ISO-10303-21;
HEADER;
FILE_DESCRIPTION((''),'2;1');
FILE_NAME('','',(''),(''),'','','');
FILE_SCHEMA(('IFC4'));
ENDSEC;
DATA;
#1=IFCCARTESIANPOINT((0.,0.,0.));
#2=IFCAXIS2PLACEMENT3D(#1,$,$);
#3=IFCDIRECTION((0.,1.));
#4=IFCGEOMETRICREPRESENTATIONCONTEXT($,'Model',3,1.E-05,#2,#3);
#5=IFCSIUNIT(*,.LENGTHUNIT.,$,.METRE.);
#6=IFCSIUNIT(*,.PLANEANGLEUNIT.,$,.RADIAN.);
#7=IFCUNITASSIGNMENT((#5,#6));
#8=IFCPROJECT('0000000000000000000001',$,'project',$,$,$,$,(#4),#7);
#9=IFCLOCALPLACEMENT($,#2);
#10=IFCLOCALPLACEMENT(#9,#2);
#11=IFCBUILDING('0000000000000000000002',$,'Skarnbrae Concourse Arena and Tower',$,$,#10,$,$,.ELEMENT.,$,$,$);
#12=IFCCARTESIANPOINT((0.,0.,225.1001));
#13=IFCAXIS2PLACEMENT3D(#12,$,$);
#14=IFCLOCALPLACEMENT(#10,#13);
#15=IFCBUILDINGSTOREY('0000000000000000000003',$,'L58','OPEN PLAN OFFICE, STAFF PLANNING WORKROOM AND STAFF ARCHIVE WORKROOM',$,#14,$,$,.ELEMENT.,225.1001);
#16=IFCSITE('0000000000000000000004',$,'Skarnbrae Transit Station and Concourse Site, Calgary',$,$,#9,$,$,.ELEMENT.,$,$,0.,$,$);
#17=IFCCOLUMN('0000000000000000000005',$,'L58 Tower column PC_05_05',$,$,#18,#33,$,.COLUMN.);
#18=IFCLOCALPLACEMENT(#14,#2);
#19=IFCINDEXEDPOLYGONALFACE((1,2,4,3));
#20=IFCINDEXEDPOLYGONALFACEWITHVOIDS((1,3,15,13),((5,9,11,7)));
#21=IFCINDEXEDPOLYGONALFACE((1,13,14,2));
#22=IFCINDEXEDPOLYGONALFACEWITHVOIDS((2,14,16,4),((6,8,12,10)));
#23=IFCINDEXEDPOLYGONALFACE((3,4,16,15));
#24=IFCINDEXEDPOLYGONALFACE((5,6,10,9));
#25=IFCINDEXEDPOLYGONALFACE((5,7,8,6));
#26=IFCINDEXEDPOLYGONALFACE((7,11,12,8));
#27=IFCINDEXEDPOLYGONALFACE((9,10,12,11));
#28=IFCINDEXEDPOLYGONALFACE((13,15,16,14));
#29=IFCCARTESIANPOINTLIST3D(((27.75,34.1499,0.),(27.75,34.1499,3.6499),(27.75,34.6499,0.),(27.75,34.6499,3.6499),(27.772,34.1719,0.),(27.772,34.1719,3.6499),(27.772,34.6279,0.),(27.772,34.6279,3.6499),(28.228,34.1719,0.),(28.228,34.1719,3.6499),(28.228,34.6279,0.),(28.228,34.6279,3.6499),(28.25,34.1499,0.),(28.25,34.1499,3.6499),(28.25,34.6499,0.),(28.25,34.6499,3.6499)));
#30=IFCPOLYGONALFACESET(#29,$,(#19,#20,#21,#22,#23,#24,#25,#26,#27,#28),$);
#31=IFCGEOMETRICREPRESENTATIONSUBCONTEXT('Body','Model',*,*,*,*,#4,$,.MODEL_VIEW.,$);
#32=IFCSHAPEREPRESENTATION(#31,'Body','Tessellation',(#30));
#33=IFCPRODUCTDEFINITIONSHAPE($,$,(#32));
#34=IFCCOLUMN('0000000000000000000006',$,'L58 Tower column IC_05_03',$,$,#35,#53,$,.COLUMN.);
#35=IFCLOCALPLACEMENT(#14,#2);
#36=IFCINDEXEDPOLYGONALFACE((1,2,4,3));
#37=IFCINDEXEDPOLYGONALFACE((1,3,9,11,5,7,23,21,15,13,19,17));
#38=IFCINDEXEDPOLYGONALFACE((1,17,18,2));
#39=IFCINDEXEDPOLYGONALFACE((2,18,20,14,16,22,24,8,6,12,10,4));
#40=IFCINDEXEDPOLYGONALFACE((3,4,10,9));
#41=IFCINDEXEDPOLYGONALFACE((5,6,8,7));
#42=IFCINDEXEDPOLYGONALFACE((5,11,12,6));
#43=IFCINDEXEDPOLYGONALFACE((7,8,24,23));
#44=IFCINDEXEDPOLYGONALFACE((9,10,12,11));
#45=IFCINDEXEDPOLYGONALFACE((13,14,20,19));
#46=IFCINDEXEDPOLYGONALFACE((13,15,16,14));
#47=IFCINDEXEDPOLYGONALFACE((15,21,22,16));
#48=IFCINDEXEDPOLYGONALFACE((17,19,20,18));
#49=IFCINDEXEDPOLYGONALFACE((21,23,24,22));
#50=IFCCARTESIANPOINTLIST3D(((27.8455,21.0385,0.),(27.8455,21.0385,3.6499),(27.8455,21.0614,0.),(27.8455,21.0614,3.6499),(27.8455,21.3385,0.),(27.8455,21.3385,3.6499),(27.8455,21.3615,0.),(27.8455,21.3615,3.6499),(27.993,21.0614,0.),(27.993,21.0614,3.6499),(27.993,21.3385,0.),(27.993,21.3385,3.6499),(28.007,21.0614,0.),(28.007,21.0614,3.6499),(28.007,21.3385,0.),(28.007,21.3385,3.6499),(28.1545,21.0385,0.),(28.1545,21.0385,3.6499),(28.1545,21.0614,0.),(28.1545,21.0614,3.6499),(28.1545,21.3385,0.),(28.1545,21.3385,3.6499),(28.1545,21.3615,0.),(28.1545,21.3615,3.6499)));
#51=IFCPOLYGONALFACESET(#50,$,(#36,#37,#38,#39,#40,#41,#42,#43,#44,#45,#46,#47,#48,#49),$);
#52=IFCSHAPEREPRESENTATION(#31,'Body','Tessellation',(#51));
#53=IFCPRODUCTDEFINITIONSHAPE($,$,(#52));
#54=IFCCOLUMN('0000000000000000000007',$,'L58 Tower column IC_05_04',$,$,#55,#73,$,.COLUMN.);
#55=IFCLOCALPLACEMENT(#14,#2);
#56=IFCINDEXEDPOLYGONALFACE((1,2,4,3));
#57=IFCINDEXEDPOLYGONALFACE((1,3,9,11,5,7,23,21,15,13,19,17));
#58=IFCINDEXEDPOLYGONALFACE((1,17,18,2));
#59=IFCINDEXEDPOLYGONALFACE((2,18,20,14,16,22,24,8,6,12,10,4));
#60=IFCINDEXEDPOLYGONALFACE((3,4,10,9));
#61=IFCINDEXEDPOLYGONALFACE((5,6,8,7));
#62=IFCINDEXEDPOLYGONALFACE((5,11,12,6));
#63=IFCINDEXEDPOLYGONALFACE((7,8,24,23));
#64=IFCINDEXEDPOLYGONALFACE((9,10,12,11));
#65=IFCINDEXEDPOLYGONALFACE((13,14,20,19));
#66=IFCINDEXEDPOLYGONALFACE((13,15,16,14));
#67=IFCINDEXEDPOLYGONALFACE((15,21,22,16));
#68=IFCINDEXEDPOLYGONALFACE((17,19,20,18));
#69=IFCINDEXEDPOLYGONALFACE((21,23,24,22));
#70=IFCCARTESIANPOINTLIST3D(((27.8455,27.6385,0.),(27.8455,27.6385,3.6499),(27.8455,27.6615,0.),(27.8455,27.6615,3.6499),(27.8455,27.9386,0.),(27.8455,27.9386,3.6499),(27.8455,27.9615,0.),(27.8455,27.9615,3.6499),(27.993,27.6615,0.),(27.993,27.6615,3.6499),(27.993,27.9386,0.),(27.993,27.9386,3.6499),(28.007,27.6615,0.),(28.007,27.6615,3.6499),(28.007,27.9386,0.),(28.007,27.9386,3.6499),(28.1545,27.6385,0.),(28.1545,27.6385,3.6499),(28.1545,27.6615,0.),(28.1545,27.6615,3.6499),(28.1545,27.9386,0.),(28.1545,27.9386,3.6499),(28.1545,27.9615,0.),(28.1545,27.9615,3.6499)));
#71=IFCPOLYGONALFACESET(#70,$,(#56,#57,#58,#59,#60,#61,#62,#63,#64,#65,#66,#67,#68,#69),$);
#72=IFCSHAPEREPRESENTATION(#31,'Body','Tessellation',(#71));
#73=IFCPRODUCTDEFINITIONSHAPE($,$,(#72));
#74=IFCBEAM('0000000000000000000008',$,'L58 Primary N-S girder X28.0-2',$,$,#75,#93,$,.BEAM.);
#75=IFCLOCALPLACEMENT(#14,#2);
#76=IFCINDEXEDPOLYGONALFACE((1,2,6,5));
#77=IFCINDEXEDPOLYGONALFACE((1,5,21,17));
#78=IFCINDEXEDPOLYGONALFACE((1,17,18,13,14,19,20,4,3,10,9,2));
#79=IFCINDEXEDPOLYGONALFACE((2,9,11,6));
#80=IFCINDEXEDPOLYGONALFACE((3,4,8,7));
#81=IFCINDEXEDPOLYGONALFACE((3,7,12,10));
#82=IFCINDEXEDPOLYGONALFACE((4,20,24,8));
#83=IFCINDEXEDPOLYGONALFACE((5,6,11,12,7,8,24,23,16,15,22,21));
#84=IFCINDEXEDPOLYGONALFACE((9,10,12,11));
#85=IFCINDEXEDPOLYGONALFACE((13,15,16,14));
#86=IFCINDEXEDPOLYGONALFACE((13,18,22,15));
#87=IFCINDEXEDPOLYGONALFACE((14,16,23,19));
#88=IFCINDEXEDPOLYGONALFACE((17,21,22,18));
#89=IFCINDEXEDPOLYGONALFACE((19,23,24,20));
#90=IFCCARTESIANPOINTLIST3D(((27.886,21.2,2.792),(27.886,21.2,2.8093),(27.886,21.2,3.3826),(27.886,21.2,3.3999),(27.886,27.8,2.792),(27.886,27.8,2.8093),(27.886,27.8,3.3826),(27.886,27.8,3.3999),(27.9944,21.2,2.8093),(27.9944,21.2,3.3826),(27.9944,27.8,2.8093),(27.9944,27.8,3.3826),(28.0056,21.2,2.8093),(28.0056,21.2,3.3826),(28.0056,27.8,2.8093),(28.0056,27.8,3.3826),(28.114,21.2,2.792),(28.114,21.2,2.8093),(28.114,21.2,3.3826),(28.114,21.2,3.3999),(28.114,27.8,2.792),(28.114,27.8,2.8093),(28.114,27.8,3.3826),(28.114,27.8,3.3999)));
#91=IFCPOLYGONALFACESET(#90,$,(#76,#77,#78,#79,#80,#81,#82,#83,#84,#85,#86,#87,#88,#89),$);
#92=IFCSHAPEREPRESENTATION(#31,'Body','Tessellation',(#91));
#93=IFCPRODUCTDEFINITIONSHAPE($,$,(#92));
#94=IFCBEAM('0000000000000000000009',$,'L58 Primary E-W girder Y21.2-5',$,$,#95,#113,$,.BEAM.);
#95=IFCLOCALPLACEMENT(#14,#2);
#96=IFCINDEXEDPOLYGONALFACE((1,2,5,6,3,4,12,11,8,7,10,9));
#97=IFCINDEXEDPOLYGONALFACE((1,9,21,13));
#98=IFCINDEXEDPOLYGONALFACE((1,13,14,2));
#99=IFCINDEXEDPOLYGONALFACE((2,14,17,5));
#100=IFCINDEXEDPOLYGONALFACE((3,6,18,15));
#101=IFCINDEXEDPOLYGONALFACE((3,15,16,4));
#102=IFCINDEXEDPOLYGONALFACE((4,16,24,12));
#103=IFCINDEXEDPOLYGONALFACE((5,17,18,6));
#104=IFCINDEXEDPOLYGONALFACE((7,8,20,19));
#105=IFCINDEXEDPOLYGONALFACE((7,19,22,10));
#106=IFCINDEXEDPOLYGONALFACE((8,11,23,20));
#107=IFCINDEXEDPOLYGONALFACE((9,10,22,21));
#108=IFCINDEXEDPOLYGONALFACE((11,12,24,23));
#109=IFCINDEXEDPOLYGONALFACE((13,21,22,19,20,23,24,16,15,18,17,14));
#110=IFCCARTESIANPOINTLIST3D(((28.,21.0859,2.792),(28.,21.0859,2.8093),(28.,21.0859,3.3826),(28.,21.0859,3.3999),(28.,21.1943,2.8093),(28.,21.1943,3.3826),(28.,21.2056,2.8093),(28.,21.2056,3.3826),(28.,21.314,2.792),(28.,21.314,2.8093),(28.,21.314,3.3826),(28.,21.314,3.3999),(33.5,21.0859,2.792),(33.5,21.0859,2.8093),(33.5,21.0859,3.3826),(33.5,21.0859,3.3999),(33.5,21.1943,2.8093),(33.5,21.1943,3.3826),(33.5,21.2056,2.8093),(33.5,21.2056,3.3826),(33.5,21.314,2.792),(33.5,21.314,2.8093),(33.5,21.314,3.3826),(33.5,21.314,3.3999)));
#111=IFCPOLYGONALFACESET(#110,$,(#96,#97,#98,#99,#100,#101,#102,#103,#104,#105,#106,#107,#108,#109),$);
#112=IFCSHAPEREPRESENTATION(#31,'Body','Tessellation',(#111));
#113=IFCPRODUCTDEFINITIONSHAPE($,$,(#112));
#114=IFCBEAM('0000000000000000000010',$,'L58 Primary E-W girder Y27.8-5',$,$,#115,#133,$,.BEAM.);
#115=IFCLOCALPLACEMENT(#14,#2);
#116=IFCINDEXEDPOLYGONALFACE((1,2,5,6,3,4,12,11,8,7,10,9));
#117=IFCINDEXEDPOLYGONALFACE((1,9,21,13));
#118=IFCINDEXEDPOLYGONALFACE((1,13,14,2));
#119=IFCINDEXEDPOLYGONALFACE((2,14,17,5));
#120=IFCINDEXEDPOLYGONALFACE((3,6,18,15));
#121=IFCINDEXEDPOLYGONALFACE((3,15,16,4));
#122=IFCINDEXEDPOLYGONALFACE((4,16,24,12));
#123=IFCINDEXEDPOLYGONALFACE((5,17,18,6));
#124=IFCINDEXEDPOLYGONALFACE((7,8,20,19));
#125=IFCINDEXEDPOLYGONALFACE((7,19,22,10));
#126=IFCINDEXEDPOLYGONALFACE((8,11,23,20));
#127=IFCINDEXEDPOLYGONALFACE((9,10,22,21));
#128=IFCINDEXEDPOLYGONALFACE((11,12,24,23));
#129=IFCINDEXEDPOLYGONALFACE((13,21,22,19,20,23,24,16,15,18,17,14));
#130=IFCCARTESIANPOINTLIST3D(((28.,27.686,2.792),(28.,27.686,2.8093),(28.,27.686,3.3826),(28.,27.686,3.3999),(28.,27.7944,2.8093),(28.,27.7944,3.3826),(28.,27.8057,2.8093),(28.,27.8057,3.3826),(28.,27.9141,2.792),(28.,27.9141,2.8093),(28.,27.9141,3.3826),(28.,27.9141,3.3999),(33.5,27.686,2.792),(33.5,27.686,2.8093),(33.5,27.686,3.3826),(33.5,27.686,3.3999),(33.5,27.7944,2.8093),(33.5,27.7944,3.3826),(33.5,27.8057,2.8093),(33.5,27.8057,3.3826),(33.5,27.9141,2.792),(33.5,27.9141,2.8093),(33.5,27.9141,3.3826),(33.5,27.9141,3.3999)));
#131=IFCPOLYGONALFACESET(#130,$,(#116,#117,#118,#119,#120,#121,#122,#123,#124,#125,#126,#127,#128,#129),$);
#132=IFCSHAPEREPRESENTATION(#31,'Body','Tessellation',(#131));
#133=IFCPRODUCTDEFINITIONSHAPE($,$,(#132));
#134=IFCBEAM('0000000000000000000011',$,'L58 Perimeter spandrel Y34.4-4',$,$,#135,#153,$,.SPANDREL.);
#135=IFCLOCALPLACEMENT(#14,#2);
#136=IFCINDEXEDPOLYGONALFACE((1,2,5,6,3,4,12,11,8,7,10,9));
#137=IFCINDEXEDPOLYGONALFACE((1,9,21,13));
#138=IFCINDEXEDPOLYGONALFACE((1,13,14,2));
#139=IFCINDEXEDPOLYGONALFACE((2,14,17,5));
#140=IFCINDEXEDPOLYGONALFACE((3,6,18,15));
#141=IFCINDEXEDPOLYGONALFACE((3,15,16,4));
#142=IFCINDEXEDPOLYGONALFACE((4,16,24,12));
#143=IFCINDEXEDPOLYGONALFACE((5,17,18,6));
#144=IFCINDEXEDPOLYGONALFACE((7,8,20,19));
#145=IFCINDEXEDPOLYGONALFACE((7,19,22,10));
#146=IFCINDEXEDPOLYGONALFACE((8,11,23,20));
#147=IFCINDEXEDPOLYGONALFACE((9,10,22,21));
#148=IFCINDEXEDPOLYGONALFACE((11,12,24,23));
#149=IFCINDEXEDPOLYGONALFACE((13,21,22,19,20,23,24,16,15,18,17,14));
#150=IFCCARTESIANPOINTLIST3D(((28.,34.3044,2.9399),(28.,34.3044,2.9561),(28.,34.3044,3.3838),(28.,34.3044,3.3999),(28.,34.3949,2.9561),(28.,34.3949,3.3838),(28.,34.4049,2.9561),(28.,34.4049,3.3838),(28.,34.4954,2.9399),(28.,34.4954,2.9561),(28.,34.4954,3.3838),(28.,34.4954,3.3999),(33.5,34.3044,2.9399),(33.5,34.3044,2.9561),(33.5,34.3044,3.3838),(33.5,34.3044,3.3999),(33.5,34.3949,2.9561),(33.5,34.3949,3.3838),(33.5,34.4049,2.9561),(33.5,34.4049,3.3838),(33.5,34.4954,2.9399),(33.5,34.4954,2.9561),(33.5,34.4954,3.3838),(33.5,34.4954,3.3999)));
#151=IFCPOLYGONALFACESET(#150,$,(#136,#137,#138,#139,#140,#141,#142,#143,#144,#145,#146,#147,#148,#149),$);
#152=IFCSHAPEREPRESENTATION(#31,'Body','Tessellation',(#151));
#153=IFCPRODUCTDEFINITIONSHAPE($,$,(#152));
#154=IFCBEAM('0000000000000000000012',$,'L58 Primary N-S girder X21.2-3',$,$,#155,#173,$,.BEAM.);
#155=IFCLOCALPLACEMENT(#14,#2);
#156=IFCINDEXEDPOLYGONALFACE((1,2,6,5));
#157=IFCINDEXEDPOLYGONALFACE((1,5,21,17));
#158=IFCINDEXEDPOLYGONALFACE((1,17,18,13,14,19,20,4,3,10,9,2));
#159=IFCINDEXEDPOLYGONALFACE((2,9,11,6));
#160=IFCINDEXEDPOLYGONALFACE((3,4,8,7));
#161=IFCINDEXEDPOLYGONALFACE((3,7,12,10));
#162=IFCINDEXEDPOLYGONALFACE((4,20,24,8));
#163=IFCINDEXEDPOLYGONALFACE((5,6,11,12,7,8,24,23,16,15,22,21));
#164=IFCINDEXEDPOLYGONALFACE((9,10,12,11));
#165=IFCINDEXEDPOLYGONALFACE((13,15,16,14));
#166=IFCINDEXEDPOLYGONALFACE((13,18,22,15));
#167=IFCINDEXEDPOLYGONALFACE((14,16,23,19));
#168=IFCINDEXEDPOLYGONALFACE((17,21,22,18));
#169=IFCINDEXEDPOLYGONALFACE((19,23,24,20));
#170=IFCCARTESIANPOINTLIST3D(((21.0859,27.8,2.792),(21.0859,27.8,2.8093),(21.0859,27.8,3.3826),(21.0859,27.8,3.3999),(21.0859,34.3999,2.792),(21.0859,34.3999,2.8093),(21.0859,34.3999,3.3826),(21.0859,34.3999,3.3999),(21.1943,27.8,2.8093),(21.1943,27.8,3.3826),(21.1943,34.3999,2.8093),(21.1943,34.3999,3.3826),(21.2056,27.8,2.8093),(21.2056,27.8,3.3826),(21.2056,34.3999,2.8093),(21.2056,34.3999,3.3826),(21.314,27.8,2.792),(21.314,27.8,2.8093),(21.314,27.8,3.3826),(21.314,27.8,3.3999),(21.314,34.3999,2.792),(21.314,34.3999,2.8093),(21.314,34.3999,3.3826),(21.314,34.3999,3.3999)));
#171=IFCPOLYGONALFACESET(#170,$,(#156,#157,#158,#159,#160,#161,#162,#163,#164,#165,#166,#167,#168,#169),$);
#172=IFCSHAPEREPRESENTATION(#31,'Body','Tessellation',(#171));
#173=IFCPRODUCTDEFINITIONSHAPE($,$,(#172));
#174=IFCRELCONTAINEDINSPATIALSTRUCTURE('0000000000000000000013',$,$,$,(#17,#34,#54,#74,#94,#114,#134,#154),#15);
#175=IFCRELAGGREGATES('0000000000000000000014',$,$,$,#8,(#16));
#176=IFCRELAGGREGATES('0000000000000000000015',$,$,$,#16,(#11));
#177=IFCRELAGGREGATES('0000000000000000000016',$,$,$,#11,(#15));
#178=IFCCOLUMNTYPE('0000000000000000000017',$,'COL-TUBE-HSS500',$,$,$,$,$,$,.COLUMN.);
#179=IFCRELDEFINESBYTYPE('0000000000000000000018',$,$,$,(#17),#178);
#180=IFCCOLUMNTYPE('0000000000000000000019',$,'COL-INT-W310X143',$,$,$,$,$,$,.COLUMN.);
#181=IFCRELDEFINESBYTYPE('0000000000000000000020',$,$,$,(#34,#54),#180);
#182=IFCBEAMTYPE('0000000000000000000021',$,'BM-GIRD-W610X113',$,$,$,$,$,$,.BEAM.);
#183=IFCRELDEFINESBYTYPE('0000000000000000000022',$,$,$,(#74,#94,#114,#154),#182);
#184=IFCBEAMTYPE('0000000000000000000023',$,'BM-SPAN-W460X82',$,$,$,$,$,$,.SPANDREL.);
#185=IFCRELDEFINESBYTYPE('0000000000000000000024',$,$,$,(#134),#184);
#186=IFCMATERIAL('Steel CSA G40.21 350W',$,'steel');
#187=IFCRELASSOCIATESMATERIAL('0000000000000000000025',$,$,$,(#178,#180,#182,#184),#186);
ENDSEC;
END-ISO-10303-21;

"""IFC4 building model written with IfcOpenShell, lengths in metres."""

from ifc_helpers import new_model, si_unit, direction, frame, origin, origin_2d, place, context, subcontext, project, spatial, hollow_rectangle, i_section, extrude, source, transform, mapped, material, material_profile, profile_set, type_object, element, save


model = new_model("IFC4")

# Units and contexts
model_context = context("Model", 3, precision=1e-05, world=origin(), true_north=direction((0.0, 1.0)))
body_context = subcontext(model_context, "Body", "Model", "MODEL_VIEW")
ifc_project = project(units=[si_unit("LENGTHUNIT", "METRE"), si_unit("PLANEANGLEUNIT", "RADIAN")], contexts=[model_context])

# Site, building, storey
site_placement = place(None, origin())
site = spatial("IfcSite", under=ifc_project, at=site_placement, Name="Skarnbrae Transit Station and Concourse Site, Calgary", CompositionType="ELEMENT", RefElevation=0.0)
building_placement = place(site_placement, origin())
building = spatial("IfcBuilding", under=site, at=building_placement, Name="Skarnbrae Concourse Arena and Tower", CompositionType="ELEMENT")
storey_placement = place(building_placement, frame((0.0, 0.0, 225.1001)))
storey = spatial("IfcBuildingStorey", under=building, at=storey_placement, Name="L58", Description="OPEN PLAN OFFICE, STAFF PLANNING WORKROOM AND STAFF ARCHIVE WORKROOM", CompositionType="ELEMENT", Elevation=225.1001)

# Columns
ifc_material_1 = material(Name="Steel CSA G40.21 350W", Category="steel")
ifc_material_profile_1 = material_profile(ifc_material_1, hollow_rectangle(XDim=0.5, YDim=0.5, WallThickness=0.022, at=origin_2d()), Name="HSS500X500X22.0")
ifc_profile_set_1 = profile_set([ifc_material_profile_1], Name="Steel CSA G40.21 350W")
column_type_1 = type_object("IfcColumnType", Name="COL-TUBE-HSS500", PredefinedType="COLUMN", material=ifc_profile_set_1)
shared_shape_1 = source(origin(), body_context, "Body", "SweptSolid", [
    extrude(hollow_rectangle(XDim=0.5, YDim=0.5, WallThickness=0.022, at=origin_2d()), origin(), (0.0, 0.0, 1.0), 3.6499),
])
column_placement = place(storey_placement, frame((28.0, 34.3999, 0.0), z_axis=(0.0, 0.0, 1.0), x_axis=(1.0, 0.0, 0.0)))
element("IfcColumn", 1, at=column_placement, inside=storey, type_object=column_type_1, Name="L58 Tower column PC_05_05", PredefinedType="COLUMN", context=body_context, shape_type="MappedRepresentation", body=[
    mapped(shared_shape_1, transform((0.0, 0.0, 0.0))),
])
ifc_material_profile_2 = material_profile(ifc_material_1, i_section(OverallWidth=0.3091, OverallDepth=0.323, WebThickness=0.0139, FlangeThickness=0.0229, at=origin_2d()), Name="W310X143")
ifc_profile_set_2 = profile_set([ifc_material_profile_2], Name="Steel CSA G40.21 350W")
column_type_2 = type_object("IfcColumnType", Name="COL-INT-W310X143", PredefinedType="COLUMN", material=ifc_profile_set_2)
shared_shape_2 = source(origin(), body_context, "Body", "SweptSolid", [
    extrude(i_section(OverallWidth=0.3091, OverallDepth=0.323, WebThickness=0.0139, FlangeThickness=0.0229, at=origin_2d()), origin(), (0.0, 0.0, 1.0), 3.6499),
])
for number, where, z_axis, x_axis, name in (
    (2, (28.0, 21.2, 0.0), (0.0, 0.0, 1.0), (1.0, 0.0, 0.0), "L58 Tower column IC_05_03"),
    (3, (28.0, 27.8, 0.0), (0.0, 0.0, 1.0), (1.0, 0.0, 0.0), "L58 Tower column IC_05_04"),
):
    element("IfcColumn", number, at=place(storey_placement, frame(where, z_axis=z_axis, x_axis=x_axis)), inside=storey, type_object=column_type_2, Name=name, PredefinedType="COLUMN", context=body_context, shape_type="MappedRepresentation", body=[
        mapped(shared_shape_2, transform((0.0, 0.0, 0.0))),
    ])

# Beams
ifc_material_profile_3 = material_profile(ifc_material_1, i_section(OverallWidth=0.228, OverallDepth=0.6079, WebThickness=0.0112, FlangeThickness=0.0173, at=origin_2d()), Name="W610X113")
ifc_profile_set_3 = profile_set([ifc_material_profile_3], Name="Steel CSA G40.21 350W")
beam_type_1 = type_object("IfcBeamType", Name="BM-GIRD-W610X113", PredefinedType="BEAM", material=ifc_profile_set_3)
shared_shape_3 = source(origin(), body_context, "Body", "SweptSolid", [
    extrude(i_section(OverallWidth=0.228, OverallDepth=0.6079, WebThickness=0.0112, FlangeThickness=0.0173, at=origin_2d()), origin(), (0.0, 0.0, 1.0), 6.6001),
])
beam_1_placement = place(storey_placement, frame((28.0, 21.2, 3.0959), z_axis=(0.0, 1.0, 0.0), x_axis=(-1.0, 0.0, 0.0)))
element("IfcBeam", 4, at=beam_1_placement, inside=storey, type_object=beam_type_1, Name="L58 Primary N-S girder X28.0-2", PredefinedType="BEAM", context=body_context, shape_type="MappedRepresentation", body=[
    mapped(shared_shape_3, transform((0.0, 0.0, 0.0))),
])
shared_shape_4 = source(origin(), body_context, "Body", "SweptSolid", [
    extrude(i_section(OverallWidth=0.228, OverallDepth=0.6079, WebThickness=0.0112, FlangeThickness=0.0173, at=origin_2d()), origin(), (0.0, 0.0, 1.0), 5.5),
])
for number, where, z_axis, x_axis, name in (
    (5, (28.0, 21.2, 3.0959), (1.0, 0.0, 0.0), (0.0, 1.0, 0.0), "L58 Primary E-W girder Y21.2-5"),
    (6, (28.0, 27.8, 3.0959), (1.0, 0.0, 0.0), (0.0, 1.0, 0.0), "L58 Primary E-W girder Y27.8-5"),
):
    element("IfcBeam", number, at=place(storey_placement, frame(where, z_axis=z_axis, x_axis=x_axis)), inside=storey, type_object=beam_type_1, Name=name, PredefinedType="BEAM", context=body_context, shape_type="MappedRepresentation", body=[
        mapped(shared_shape_4, transform((0.0, 0.0, 0.0))),
    ])
ifc_material_profile_4 = material_profile(ifc_material_1, i_section(OverallWidth=0.1909, OverallDepth=0.46, WebThickness=0.01, FlangeThickness=0.0161, at=origin_2d()), Name="W460X82")
ifc_profile_set_4 = profile_set([ifc_material_profile_4], Name="Steel CSA G40.21 350W")
beam_type_2 = type_object("IfcBeamType", Name="BM-SPAN-W460X82", PredefinedType="SPANDREL", material=ifc_profile_set_4)
shared_shape_5 = source(origin(), body_context, "Body", "SweptSolid", [
    extrude(i_section(OverallWidth=0.1909, OverallDepth=0.46, WebThickness=0.01, FlangeThickness=0.0161, at=origin_2d()), origin(), (0.0, 0.0, 1.0), 5.5),
])
beam_2_placement = place(storey_placement, frame((28.0, 34.3999, 3.1699), z_axis=(1.0, 0.0, 0.0), x_axis=(0.0, 1.0, 0.0)))
element("IfcBeam", 7, at=beam_2_placement, inside=storey, type_object=beam_type_2, Name="L58 Perimeter spandrel Y34.4-4", PredefinedType="SPANDREL", context=body_context, shape_type="MappedRepresentation", body=[
    mapped(shared_shape_5, transform((0.0, 0.0, 0.0))),
])
shared_shape_6 = source(origin(), body_context, "Body", "SweptSolid", [
    extrude(i_section(OverallWidth=0.228, OverallDepth=0.6079, WebThickness=0.0112, FlangeThickness=0.0173, at=origin_2d()), origin(), (0.0, 0.0, 1.0), 6.5999),
])
for number, where, z_axis, x_axis, name in (
    (8, (21.2, 27.8, 3.0959), (0.0, 1.0, 0.0), (-1.0, 0.0, 0.0), "L58 Primary N-S girder X21.2-3"),
):
    element("IfcBeam", number, at=place(storey_placement, frame(where, z_axis=z_axis, x_axis=x_axis)), inside=storey, type_object=beam_type_1, Name=name, PredefinedType="BEAM", context=body_context, shape_type="MappedRepresentation", body=[
        mapped(shared_shape_6, transform((0.0, 0.0, 0.0))),
    ])

save(model, "model.ifc")
